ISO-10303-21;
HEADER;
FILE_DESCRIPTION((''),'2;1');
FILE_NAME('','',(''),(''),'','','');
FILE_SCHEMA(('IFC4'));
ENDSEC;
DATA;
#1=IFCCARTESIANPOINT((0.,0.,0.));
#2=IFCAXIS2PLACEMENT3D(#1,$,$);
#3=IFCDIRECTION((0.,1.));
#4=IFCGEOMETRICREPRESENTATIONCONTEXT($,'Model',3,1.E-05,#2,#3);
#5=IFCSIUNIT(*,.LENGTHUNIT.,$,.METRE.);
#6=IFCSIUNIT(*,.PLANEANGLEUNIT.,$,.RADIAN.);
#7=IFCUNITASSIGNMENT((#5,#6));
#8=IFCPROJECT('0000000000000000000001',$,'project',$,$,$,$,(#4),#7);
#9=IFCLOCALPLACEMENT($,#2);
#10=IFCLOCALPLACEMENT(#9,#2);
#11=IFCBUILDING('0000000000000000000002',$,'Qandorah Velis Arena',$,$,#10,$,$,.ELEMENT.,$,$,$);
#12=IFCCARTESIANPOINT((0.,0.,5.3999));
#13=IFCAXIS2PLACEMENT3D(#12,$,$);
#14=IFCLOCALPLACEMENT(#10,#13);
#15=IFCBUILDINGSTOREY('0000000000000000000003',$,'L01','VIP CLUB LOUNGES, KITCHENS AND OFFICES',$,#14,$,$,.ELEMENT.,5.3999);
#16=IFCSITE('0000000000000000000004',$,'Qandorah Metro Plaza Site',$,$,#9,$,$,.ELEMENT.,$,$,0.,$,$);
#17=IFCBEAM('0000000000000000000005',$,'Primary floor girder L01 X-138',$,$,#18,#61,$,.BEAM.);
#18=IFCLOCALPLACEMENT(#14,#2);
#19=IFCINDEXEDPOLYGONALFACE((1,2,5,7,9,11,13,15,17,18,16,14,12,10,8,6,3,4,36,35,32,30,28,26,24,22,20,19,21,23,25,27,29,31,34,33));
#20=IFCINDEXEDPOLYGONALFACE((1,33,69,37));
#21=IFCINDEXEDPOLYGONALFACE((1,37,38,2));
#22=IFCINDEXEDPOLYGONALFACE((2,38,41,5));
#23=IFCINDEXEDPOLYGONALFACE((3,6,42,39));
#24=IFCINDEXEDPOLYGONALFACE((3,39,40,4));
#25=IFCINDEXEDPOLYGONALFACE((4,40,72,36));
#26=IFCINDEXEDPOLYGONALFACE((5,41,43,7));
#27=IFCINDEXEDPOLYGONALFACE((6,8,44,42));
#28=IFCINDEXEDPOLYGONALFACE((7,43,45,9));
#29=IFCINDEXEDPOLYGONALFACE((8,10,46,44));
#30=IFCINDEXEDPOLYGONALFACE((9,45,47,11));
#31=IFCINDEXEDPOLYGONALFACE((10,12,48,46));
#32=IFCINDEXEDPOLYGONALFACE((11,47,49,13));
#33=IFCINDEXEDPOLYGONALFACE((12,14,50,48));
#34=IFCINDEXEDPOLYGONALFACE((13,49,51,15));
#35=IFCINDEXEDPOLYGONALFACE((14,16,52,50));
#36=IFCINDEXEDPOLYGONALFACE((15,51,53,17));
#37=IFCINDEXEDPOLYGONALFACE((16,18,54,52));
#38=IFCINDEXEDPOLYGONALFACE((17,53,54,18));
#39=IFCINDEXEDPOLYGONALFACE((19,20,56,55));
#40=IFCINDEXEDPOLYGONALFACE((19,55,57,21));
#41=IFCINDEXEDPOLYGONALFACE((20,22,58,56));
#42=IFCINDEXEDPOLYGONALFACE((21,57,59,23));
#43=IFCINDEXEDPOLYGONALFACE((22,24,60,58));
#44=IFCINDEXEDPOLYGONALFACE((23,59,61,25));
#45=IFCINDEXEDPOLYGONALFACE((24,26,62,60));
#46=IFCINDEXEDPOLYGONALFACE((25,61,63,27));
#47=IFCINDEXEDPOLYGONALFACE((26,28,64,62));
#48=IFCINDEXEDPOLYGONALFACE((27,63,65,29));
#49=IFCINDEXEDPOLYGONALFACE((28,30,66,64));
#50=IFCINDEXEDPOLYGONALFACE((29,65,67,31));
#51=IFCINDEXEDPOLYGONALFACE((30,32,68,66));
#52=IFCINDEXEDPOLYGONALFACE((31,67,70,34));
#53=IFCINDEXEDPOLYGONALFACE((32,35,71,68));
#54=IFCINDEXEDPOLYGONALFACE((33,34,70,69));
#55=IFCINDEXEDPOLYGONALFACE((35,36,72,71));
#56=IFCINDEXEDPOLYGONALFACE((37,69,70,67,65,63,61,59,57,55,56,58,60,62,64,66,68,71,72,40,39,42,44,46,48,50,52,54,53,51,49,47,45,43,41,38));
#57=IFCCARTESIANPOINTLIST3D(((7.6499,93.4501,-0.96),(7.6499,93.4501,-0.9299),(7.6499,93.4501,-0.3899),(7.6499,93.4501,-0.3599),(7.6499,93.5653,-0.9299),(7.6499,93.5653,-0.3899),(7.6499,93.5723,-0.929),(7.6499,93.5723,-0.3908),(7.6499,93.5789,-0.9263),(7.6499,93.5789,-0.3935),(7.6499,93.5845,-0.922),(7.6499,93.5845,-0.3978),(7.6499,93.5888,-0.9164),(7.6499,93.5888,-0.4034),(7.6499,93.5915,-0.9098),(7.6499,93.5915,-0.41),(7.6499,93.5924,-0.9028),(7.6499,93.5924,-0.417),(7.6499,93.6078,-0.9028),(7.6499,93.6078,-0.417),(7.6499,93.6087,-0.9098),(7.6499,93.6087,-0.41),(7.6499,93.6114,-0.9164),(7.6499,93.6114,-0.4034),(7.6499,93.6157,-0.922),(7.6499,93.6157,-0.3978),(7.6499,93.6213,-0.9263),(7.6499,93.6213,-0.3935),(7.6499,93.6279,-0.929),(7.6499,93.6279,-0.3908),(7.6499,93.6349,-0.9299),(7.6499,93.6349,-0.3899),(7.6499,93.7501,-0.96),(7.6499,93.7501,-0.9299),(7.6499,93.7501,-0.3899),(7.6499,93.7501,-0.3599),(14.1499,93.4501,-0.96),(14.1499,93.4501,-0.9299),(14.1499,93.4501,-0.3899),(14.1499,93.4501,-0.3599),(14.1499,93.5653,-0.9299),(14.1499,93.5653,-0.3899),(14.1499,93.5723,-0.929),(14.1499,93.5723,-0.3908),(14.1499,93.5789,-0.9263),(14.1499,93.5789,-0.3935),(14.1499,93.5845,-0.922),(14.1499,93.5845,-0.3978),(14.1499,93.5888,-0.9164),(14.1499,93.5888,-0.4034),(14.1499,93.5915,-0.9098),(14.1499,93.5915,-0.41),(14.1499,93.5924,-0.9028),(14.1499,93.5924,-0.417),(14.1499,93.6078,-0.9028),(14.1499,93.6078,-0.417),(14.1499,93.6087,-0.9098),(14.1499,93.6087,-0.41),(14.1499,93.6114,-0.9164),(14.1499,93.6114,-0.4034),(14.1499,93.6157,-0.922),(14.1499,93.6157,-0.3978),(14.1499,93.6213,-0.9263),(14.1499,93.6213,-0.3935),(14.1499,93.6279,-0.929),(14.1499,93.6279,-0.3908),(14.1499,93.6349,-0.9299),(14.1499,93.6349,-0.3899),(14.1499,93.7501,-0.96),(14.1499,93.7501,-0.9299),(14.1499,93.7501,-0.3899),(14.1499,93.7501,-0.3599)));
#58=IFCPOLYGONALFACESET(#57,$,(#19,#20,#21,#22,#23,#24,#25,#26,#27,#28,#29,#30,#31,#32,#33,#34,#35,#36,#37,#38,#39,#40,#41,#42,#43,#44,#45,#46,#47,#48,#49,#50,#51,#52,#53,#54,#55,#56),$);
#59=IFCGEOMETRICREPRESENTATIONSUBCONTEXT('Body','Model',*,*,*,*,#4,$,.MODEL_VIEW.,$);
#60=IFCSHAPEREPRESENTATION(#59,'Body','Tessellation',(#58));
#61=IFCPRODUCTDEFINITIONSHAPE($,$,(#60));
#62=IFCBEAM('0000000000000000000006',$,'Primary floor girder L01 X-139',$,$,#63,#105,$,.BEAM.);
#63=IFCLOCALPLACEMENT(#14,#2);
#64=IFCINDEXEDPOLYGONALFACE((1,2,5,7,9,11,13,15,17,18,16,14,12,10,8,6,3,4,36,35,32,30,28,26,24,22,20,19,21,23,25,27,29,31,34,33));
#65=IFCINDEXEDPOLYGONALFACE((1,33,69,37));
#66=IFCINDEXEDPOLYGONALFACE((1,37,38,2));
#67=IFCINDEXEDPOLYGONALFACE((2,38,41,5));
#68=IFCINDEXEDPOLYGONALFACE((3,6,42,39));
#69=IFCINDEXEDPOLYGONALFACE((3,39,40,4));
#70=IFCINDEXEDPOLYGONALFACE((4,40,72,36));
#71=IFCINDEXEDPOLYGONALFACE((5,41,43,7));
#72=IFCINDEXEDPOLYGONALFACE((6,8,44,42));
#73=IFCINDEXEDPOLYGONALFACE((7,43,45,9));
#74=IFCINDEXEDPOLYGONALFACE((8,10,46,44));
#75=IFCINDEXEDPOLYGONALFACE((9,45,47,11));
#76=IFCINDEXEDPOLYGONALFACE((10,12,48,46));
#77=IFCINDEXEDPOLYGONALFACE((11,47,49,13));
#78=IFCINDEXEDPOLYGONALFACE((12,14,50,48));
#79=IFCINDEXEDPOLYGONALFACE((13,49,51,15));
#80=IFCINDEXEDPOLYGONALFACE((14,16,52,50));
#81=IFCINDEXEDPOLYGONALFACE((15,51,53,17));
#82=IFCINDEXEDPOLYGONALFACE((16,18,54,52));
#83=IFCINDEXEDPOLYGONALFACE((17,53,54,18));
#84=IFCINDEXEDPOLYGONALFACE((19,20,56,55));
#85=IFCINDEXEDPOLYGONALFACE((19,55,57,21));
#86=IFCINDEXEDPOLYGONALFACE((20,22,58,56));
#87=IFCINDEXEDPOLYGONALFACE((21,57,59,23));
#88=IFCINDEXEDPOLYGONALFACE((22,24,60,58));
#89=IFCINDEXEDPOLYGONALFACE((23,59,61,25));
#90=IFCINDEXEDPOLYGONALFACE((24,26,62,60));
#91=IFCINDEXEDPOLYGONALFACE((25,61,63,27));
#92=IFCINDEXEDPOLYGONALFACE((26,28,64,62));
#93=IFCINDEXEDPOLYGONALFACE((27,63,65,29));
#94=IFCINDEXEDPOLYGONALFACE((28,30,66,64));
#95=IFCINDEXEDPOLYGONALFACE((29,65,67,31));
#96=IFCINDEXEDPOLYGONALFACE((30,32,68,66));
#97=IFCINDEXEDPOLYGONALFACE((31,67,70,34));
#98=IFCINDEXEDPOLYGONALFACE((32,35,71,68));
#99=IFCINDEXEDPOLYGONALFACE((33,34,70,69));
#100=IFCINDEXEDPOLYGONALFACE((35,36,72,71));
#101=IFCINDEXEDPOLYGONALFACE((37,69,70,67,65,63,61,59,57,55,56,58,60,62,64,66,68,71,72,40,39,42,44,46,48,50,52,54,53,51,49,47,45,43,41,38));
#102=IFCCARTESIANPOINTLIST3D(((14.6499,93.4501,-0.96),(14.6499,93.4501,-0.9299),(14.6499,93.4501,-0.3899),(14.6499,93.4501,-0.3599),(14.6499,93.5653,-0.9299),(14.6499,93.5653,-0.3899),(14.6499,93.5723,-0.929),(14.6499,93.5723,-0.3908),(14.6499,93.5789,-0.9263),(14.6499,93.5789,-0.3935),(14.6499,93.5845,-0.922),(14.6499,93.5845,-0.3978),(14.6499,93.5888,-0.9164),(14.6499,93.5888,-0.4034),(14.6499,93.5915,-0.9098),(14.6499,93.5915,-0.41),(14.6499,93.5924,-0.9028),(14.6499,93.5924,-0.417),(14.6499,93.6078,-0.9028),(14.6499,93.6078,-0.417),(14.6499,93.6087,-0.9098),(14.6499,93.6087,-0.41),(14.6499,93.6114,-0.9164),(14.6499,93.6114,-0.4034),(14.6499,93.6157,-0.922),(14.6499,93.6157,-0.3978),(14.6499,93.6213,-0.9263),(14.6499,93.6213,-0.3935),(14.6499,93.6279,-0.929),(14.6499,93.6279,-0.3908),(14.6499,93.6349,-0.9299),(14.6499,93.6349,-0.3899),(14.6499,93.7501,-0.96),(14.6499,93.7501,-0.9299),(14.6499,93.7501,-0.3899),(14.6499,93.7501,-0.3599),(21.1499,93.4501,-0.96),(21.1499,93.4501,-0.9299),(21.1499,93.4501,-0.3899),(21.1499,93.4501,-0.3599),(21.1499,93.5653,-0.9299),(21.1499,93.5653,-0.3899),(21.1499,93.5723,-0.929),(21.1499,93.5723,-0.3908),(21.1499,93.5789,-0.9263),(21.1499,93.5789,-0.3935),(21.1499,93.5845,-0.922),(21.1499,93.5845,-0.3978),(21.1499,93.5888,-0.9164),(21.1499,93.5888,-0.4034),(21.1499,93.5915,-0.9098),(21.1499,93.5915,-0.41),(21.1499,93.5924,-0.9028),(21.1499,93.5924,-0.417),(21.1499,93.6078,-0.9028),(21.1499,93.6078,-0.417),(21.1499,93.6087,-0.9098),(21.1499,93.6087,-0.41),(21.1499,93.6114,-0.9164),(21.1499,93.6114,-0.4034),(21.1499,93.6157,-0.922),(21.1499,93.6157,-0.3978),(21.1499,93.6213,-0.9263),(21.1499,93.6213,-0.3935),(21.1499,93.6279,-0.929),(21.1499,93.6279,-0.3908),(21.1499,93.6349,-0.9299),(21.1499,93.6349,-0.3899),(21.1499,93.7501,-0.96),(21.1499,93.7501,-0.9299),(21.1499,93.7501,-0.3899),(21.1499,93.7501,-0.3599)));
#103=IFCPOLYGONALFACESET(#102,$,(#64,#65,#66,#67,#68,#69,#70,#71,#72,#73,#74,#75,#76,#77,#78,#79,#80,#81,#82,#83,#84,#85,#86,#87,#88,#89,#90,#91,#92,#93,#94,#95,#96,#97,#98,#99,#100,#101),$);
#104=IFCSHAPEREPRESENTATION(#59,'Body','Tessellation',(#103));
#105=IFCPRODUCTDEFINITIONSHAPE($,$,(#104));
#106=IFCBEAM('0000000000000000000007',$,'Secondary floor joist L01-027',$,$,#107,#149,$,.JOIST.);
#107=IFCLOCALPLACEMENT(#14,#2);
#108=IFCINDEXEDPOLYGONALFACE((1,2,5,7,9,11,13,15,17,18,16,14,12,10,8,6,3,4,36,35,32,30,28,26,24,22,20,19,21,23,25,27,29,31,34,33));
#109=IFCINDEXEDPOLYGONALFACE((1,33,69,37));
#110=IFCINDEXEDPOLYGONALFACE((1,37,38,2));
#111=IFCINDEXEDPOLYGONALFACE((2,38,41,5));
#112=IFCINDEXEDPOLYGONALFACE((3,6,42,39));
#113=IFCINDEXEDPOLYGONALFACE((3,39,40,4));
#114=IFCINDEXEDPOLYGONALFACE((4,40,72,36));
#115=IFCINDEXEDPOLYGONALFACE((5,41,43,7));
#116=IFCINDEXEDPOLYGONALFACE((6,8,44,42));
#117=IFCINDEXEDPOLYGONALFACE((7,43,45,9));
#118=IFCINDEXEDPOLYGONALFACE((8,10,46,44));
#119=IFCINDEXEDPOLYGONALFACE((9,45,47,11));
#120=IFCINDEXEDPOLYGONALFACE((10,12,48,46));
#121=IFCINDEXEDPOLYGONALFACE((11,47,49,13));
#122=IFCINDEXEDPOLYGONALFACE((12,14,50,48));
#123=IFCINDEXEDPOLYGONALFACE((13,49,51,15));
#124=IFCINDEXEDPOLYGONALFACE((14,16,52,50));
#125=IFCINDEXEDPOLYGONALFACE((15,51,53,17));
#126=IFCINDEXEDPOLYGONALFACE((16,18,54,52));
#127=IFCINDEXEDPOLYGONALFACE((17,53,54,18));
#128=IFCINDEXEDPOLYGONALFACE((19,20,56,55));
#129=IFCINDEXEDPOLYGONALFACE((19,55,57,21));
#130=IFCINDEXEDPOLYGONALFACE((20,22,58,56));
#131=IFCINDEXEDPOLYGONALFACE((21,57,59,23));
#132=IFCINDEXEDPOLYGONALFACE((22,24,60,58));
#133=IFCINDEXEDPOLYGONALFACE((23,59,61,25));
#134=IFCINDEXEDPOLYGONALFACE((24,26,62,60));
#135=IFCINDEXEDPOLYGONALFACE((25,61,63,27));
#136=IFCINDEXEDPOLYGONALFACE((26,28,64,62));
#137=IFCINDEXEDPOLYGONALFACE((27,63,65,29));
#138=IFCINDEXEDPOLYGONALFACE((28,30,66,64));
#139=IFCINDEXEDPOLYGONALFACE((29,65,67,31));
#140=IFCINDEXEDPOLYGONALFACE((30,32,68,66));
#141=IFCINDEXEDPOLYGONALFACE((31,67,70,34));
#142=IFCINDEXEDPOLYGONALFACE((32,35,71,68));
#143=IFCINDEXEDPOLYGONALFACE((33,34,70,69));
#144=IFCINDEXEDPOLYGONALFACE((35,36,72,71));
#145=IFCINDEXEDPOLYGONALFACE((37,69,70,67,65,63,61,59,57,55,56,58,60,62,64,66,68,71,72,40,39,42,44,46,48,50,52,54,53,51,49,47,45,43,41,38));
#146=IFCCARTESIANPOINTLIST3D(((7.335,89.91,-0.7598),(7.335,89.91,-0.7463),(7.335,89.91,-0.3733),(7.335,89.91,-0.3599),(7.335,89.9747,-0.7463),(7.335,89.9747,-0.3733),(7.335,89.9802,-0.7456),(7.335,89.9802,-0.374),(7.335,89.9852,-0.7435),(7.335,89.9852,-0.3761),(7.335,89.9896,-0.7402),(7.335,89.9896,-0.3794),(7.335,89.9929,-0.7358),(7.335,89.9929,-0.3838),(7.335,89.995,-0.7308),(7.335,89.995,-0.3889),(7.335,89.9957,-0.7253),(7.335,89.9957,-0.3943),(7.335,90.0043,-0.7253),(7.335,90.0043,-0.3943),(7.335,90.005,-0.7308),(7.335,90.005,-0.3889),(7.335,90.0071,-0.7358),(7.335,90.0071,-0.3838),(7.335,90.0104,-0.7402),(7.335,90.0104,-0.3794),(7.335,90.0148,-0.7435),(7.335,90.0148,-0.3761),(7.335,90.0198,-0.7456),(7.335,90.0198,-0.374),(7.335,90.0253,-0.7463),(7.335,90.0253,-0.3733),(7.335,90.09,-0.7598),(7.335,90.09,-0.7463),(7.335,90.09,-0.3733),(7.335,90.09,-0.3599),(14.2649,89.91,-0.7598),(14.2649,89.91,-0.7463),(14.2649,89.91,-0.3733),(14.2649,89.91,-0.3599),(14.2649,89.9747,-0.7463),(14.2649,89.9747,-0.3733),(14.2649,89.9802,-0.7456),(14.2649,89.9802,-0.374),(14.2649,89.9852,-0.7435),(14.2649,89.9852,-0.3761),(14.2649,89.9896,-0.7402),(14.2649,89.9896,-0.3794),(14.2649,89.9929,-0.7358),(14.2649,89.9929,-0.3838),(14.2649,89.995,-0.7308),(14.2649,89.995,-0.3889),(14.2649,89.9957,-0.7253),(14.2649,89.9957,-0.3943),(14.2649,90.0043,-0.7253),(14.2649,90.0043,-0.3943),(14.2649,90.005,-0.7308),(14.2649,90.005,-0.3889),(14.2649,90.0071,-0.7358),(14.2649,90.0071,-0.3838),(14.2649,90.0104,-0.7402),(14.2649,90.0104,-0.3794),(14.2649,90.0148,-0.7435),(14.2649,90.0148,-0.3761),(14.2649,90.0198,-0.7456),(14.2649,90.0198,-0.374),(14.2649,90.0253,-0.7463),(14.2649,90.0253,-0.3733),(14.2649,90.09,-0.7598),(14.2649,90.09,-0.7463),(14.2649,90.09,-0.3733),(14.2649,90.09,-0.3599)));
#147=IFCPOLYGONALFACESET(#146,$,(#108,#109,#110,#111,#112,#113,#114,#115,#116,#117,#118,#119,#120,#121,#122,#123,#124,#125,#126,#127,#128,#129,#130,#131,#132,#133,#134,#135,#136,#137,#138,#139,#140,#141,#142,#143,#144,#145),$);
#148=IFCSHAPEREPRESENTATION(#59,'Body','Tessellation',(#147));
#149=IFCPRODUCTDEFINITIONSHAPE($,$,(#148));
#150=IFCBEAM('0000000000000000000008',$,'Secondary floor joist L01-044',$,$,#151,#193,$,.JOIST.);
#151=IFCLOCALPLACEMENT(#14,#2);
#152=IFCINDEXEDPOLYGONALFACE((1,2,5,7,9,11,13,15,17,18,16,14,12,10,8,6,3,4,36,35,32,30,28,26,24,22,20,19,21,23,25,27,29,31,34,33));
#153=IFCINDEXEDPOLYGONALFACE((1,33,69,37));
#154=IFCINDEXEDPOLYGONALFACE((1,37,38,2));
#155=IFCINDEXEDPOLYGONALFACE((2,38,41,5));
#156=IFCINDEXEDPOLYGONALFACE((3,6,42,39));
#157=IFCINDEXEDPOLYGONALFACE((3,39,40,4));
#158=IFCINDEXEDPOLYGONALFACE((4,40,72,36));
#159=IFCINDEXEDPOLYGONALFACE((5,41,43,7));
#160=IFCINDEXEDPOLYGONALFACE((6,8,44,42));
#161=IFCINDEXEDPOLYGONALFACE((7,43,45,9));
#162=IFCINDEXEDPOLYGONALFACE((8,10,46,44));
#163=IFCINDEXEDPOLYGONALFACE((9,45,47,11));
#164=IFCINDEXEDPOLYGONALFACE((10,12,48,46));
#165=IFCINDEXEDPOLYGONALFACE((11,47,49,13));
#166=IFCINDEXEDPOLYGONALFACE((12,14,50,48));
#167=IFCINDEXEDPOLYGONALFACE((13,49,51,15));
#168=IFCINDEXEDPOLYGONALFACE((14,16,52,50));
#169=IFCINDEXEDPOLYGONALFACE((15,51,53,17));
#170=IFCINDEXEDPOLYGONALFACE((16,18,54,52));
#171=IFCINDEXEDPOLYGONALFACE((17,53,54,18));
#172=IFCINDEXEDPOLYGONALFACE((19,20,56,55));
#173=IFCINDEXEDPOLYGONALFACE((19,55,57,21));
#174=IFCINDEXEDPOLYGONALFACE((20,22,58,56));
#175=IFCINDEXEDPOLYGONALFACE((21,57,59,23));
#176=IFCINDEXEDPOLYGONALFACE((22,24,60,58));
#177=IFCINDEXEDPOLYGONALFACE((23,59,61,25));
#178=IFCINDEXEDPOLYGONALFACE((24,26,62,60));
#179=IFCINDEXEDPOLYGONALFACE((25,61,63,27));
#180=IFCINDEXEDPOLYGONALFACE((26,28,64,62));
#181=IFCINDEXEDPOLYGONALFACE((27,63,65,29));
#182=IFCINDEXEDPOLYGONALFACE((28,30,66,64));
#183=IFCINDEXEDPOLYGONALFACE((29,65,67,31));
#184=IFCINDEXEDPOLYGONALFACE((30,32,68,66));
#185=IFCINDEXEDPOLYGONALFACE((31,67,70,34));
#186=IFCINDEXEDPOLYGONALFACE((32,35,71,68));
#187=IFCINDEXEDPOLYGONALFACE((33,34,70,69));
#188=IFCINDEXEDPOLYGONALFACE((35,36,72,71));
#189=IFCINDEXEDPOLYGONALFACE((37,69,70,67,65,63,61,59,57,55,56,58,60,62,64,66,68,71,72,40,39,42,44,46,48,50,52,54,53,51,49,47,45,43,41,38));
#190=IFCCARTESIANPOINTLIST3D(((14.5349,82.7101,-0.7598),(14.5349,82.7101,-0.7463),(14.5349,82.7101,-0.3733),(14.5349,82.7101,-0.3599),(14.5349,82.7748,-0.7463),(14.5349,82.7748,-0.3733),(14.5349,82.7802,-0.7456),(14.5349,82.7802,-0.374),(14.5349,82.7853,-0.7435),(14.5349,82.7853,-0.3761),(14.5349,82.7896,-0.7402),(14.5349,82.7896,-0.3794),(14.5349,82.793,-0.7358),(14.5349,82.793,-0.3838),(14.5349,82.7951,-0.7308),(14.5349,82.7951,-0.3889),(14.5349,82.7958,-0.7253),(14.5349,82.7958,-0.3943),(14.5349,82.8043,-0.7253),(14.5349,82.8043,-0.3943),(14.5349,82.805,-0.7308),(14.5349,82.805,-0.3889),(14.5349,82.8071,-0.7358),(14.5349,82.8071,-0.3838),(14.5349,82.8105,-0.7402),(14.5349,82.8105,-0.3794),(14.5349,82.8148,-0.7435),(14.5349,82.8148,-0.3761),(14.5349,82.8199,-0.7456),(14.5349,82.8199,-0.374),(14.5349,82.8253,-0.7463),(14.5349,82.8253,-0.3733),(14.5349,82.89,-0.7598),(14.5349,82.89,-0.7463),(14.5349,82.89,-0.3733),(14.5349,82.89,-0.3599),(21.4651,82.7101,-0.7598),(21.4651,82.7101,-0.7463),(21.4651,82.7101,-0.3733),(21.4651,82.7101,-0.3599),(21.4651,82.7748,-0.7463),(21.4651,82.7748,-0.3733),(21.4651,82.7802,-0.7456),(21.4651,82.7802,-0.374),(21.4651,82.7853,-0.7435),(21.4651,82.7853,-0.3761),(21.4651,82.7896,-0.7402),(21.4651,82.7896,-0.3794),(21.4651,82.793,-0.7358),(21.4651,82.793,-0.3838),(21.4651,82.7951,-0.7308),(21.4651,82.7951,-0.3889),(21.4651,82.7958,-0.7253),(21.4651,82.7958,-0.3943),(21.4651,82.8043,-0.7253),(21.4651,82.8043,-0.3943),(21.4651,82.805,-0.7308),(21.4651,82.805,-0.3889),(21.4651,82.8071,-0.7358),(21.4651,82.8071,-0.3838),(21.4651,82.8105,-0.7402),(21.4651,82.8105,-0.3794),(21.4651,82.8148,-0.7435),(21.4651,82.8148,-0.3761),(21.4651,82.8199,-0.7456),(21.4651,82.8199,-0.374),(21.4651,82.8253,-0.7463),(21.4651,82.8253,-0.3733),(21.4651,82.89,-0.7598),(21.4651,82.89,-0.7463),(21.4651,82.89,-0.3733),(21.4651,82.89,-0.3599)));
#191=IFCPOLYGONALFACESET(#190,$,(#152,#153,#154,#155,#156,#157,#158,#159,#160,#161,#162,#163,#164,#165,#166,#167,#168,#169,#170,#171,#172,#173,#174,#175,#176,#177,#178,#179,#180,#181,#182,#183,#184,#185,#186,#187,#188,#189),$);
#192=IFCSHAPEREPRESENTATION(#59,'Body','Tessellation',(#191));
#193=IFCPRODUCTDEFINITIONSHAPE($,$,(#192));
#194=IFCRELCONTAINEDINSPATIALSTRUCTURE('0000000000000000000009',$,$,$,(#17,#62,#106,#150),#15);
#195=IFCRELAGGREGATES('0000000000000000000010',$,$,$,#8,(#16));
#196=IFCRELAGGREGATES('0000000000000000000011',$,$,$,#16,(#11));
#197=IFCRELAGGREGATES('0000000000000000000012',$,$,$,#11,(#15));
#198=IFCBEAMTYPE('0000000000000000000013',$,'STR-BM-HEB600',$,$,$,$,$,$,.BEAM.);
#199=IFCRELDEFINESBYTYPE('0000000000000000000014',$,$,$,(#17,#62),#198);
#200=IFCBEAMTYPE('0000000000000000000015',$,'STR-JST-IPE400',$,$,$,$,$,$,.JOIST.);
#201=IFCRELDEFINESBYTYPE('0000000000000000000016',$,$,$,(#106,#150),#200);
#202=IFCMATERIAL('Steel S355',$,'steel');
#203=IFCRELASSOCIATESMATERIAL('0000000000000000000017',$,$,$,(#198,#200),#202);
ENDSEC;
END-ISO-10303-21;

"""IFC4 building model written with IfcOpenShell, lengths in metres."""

from ifc_helpers import new_model, si_unit, direction, frame, origin, origin_2d, place, context, subcontext, project, spatial, i_section, extrude, material, material_profile, profile_set, type_object, element, save


model = new_model("IFC4")

# Units and contexts
model_context = context("Model", 3, precision=1e-05, world=origin(), true_north=direction((0.0, 1.0)))
body_context = subcontext(model_context, "Body", "Model", "MODEL_VIEW")
ifc_project = project(units=[si_unit("LENGTHUNIT", "METRE"), si_unit("PLANEANGLEUNIT", "RADIAN")], contexts=[model_context])

# Site, building, storey
site_placement = place(None, origin())
site = spatial("IfcSite", under=ifc_project, at=site_placement, Name="Qandorah Metro Plaza Site", CompositionType="ELEMENT", RefElevation=0.0)
building_placement = place(site_placement, origin())
building = spatial("IfcBuilding", under=site, at=building_placement, Name="Qandorah Velis Arena", CompositionType="ELEMENT")
storey_placement = place(building_placement, frame((0.0, 0.0, 5.3999)))
storey = spatial("IfcBuildingStorey", under=building, at=storey_placement, Name="L01", Description="VIP CLUB LOUNGES, KITCHENS AND OFFICES", CompositionType="ELEMENT", Elevation=5.3999)

# Beams
ifc_material_1 = material(Name="Steel S355", Category="steel")
ifc_material_profile_1 = material_profile(ifc_material_1, i_section(OverallWidth=0.3, OverallDepth=0.6001, WebThickness=0.0154, FlangeThickness=0.03, FilletRadius=0.0271, at=origin_2d()), Name="HEB 600")
ifc_profile_set_1 = profile_set([ifc_material_profile_1], Name="Steel S355")
beam_type_1 = type_object("IfcBeamType", Name="STR-BM-HEB600", PredefinedType="BEAM", material=ifc_profile_set_1)
for number, where, z_axis, x_axis, name in (
    (1, (7.6499, 93.6001, -0.6599), (1.0, 0.0, 0.0), (0.0, 1.0, 0.0), "Primary floor girder L01 X-138"),
    (2, (14.6499, 93.6001, -0.6599), (1.0, 0.0, 0.0), (0.0, 1.0, 0.0), "Primary floor girder L01 X-139"),
):
    element("IfcBeam", number, at=place(storey_placement, frame(where, z_axis=z_axis, x_axis=x_axis)), inside=storey, type_object=beam_type_1, Name=name, PredefinedType="BEAM", context=body_context, shape_type="SweptSolid", body=[
        extrude(i_section(OverallWidth=0.3, OverallDepth=0.6001, WebThickness=0.0154, FlangeThickness=0.03, FilletRadius=0.0271, at=origin_2d()), origin(), (0.0, 0.0, 1.0), 6.5),
    ])
ifc_material_profile_2 = material_profile(ifc_material_1, i_section(OverallWidth=0.1799, OverallDepth=0.3999, WebThickness=0.0085, FlangeThickness=0.0134, FilletRadius=0.021, at=origin_2d()), Name="IPE 400")
ifc_profile_set_2 = profile_set([ifc_material_profile_2], Name="Steel S355")
beam_type_2 = type_object("IfcBeamType", Name="STR-JST-IPE400", PredefinedType="JOIST", material=ifc_profile_set_2)
beam_1_placement = place(storey_placement, frame((7.335, 90.0, -0.5598), z_axis=(1.0, 0.0, 0.0), x_axis=(0.0, 1.0, 0.0)))
element("IfcBeam", 3, at=beam_1_placement, inside=storey, type_object=beam_type_2, Name="Secondary floor joist L01-027", PredefinedType="JOIST", context=body_context, shape_type="SweptSolid", body=[
    extrude(i_section(OverallWidth=0.1799, OverallDepth=0.3999, WebThickness=0.0085, FlangeThickness=0.0134, FilletRadius=0.021, at=origin_2d()), origin(), (0.0, 0.0, 1.0), 6.9299),
])
for number, where, z_axis, x_axis, name in (
    (4, (14.5349, 82.8, -0.5598), (1.0, 0.0, 0.0), (0.0, 1.0, 0.0), "Secondary floor joist L01-044"),
):
    element("IfcBeam", number, at=place(storey_placement, frame(where, z_axis=z_axis, x_axis=x_axis)), inside=storey, type_object=beam_type_2, Name=name, PredefinedType="JOIST", context=body_context, shape_type="SweptSolid", body=[
        extrude(i_section(OverallWidth=0.1799, OverallDepth=0.3999, WebThickness=0.0085, FlangeThickness=0.0134, FilletRadius=0.021, at=origin_2d()), origin(), (0.0, 0.0, 1.0), 6.9302),
    ])

save(model, "model.ifc")
